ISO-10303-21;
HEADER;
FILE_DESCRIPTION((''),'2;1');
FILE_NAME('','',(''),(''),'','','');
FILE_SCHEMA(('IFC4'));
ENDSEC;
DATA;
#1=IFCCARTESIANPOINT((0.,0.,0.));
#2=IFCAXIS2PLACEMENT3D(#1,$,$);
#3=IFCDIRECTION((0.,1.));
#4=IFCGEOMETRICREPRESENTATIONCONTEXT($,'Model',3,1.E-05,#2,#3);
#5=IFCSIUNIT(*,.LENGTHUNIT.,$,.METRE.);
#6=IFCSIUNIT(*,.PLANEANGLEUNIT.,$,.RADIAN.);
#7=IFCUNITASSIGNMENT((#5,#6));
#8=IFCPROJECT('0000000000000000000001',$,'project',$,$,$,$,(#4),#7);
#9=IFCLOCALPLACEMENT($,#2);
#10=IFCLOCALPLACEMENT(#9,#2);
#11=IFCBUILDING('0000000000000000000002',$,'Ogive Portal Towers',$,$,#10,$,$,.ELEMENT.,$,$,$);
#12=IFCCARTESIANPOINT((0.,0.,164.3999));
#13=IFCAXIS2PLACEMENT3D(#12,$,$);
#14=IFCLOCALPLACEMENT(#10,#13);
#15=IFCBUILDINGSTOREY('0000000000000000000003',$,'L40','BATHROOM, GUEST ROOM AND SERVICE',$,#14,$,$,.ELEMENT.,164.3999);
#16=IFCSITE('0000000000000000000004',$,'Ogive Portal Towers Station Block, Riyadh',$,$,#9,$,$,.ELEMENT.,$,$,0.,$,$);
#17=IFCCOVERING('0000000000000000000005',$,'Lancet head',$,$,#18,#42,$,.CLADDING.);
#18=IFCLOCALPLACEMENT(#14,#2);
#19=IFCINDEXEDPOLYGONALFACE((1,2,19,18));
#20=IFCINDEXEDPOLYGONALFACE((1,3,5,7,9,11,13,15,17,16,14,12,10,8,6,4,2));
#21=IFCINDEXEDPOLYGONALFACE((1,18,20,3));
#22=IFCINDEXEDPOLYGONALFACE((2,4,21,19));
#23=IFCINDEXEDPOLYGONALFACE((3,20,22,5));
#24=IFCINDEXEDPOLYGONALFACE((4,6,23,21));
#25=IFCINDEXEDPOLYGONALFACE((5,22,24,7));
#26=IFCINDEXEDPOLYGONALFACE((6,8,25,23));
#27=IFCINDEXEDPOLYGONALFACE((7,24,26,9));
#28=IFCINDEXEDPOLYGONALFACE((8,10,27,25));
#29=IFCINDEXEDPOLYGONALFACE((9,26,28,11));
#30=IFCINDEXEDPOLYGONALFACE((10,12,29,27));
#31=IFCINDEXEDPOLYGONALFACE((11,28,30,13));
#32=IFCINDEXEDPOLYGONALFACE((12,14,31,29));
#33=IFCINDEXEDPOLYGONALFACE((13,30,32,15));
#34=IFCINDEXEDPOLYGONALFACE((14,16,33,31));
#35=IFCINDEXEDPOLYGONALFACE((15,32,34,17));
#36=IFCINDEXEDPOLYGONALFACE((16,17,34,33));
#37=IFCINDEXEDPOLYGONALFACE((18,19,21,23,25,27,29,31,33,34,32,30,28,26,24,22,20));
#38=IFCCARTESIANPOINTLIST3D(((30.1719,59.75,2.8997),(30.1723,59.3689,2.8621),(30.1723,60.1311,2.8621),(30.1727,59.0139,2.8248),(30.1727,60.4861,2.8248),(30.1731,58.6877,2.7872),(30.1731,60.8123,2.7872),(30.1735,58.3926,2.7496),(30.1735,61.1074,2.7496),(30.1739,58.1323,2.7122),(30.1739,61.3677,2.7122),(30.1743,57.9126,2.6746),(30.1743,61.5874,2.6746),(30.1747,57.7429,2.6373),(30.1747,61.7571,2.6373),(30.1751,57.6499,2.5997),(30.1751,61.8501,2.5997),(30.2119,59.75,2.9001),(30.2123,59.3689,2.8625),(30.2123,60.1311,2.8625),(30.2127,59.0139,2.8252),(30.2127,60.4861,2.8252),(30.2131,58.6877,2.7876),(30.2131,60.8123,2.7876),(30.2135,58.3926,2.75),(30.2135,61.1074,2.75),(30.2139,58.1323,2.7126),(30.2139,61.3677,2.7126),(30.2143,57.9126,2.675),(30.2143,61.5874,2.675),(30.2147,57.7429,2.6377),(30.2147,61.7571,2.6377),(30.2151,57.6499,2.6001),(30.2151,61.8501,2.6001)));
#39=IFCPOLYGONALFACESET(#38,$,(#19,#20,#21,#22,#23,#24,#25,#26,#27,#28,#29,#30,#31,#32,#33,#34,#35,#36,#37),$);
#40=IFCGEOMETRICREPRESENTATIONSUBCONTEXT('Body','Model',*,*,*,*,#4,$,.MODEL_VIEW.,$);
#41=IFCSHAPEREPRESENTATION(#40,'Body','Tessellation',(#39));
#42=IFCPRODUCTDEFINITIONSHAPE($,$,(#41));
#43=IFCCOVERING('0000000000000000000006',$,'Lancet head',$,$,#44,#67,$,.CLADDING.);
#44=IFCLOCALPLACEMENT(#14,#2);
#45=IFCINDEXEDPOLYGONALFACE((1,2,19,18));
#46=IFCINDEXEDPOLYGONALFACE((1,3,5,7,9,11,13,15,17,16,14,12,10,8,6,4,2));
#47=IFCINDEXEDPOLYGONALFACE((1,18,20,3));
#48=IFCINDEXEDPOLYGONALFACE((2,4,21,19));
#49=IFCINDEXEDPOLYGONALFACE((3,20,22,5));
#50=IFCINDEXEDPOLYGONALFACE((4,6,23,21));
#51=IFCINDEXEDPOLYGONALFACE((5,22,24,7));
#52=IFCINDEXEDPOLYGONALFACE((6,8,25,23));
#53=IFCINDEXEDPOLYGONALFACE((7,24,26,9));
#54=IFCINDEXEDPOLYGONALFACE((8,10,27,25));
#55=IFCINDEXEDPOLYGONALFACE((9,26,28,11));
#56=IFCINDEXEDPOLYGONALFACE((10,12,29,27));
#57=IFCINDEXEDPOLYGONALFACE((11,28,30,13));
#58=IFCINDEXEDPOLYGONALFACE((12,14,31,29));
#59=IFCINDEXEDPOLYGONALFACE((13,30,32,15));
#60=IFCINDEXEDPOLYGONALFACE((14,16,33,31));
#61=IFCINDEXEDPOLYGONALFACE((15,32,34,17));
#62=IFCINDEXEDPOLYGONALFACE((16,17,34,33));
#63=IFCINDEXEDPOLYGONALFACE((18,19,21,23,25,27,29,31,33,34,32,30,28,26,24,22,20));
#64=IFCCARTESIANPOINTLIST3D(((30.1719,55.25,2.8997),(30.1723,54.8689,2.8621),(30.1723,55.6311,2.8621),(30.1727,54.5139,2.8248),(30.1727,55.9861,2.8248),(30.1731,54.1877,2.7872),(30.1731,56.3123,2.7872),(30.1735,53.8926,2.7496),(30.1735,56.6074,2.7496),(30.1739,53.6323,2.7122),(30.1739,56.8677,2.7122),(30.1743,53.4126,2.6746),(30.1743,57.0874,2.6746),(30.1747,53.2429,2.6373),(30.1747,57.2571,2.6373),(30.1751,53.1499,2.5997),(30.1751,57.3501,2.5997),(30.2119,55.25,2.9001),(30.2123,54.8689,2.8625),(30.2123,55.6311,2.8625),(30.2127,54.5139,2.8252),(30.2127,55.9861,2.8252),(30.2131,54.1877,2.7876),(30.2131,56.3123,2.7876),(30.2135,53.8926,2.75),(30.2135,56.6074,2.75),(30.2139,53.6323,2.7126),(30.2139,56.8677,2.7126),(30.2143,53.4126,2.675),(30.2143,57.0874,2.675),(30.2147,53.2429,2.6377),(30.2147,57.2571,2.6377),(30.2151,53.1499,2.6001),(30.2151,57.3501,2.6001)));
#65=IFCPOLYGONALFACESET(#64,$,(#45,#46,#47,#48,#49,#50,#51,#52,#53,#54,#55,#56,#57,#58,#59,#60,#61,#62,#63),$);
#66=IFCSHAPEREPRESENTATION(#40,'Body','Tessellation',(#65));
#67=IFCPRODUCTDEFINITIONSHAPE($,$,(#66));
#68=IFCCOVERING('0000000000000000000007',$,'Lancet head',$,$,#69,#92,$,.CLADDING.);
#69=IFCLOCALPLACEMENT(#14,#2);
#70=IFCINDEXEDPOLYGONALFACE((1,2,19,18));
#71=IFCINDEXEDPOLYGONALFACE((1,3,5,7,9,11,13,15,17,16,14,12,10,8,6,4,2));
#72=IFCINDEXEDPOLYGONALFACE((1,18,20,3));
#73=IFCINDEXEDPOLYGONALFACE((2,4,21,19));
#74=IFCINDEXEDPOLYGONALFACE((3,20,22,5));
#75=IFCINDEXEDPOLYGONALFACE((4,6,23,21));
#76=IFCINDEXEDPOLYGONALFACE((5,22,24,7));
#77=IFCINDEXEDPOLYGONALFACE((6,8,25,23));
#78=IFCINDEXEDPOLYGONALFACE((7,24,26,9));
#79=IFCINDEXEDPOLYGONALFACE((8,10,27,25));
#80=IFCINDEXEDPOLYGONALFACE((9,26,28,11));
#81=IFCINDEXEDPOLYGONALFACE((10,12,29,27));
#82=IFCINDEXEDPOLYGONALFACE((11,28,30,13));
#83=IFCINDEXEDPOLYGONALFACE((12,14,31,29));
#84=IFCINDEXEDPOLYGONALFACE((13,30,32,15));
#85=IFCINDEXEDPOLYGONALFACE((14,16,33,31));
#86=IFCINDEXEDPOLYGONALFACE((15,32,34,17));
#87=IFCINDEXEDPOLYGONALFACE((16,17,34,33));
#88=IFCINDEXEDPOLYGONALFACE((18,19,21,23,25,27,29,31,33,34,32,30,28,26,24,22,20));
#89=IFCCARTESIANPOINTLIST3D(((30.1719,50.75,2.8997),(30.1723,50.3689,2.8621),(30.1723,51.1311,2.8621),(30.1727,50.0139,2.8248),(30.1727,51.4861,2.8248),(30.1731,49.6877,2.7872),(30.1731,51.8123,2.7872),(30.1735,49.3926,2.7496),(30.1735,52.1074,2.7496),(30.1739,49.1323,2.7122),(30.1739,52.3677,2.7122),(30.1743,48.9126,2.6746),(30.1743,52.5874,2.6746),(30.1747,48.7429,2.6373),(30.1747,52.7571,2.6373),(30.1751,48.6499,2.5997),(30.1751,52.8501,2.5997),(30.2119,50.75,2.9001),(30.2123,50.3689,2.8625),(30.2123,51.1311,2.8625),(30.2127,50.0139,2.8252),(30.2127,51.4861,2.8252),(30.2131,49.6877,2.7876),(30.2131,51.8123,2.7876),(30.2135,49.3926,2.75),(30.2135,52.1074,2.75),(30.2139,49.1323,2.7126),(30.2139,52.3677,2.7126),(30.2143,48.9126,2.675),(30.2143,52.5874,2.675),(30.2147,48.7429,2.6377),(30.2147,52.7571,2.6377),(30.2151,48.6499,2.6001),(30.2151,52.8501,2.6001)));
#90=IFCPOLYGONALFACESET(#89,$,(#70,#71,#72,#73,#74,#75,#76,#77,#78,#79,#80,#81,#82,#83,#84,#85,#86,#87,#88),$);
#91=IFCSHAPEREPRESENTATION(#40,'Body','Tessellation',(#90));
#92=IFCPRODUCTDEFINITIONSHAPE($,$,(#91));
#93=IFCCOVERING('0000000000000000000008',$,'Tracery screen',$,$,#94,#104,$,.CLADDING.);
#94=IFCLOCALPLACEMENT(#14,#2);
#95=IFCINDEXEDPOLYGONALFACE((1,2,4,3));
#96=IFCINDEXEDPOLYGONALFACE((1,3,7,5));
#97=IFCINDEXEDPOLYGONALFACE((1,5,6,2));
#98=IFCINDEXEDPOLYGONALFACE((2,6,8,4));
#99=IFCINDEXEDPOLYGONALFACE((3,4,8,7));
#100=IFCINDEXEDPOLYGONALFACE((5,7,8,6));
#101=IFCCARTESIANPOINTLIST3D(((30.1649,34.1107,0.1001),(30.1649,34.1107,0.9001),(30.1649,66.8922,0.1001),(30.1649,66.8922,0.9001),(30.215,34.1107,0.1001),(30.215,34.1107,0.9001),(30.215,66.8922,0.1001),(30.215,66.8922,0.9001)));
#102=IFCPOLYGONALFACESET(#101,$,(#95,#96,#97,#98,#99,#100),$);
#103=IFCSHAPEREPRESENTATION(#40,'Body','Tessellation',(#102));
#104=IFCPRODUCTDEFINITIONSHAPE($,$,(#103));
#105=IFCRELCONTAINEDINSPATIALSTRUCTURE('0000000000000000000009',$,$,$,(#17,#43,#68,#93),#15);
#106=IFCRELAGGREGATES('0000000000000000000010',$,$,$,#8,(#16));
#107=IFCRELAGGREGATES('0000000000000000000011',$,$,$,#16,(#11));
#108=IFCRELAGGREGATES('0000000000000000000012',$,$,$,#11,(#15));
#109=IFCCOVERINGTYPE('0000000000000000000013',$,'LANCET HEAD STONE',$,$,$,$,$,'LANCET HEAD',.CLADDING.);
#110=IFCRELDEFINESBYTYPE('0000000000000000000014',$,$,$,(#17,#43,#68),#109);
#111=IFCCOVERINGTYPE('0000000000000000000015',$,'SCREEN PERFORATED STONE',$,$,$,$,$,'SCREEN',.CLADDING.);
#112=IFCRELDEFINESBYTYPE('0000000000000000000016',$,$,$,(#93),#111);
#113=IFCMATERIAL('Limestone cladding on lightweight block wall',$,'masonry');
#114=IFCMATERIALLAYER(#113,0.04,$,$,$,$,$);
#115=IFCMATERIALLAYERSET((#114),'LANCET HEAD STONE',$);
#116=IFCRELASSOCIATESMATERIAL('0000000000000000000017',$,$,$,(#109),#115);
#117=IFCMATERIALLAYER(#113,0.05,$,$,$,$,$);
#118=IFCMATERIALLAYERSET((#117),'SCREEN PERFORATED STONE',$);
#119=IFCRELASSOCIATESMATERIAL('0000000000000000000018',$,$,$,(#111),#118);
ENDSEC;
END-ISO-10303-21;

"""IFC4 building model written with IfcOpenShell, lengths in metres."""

from ifc_helpers import new_model, si_unit, direction, frame, origin, origin_2d, place, context, subcontext, project, spatial, polyline, rectangle, outline, extrude, material, layer, layer_set, type_object, element, save


model = new_model("IFC4")

# Units and contexts
model_context = context("Model", 3, precision=1e-05, world=origin(), true_north=direction((0.0, 1.0)))
body_context = subcontext(model_context, "Body", "Model", "MODEL_VIEW")
ifc_project = project(units=[si_unit("LENGTHUNIT", "METRE"), si_unit("PLANEANGLEUNIT", "RADIAN")], contexts=[model_context])

# Site, building, storey
site_placement = place(None, origin())
site = spatial("IfcSite", under=ifc_project, at=site_placement, Name="Ogive Portal Towers Station Block, Riyadh", CompositionType="ELEMENT", RefElevation=0.0)
building_placement = place(site_placement, origin())
building = spatial("IfcBuilding", under=site, at=building_placement, Name="Ogive Portal Towers", CompositionType="ELEMENT")
storey_placement = place(building_placement, frame((0.0, 0.0, 164.3999)))
storey = spatial("IfcBuildingStorey", under=building, at=storey_placement, Name="L40", Description="BATHROOM, GUEST ROOM AND SERVICE", CompositionType="ELEMENT", Elevation=164.3999)

# Coverings
ifc_material_1 = material(Name="Limestone cladding on lightweight block wall", Category="masonry")
ifc_layer_1 = layer(ifc_material_1, 0.04)
ifc_layer_set_1 = layer_set([ifc_layer_1], Name="LANCET HEAD STONE")
covering_type_1 = type_object("IfcCoveringType", Name="LANCET HEAD STONE", ElementType="LANCET HEAD", PredefinedType="CLADDING", material=ifc_layer_set_1)
for number, where, z_axis, x_axis, name in (
    (1, (30.2151, 61.8501, 2.6001), (0.999944, 0.0, 0.010629), (0.0, -1.0, 0.0), "Lancet head"),
    (2, (30.2151, 57.3501, 2.6001), (0.999944, 0.0, 0.010629), (0.0, -1.0, 0.0), "Lancet head"),
    (3, (30.2151, 52.8501, 2.6001), (0.999944, 0.0, 0.010629), (0.0, -1.0, 0.0), "Lancet head"),
):
    element("IfcCovering", number, at=place(storey_placement, frame(where, z_axis=z_axis, x_axis=x_axis)), inside=storey, type_object=covering_type_1, Name=name, PredefinedType="CLADDING", context=body_context, shape_type="SweptSolid", body=[
        extrude(outline(polyline([(0.0, 0.0), (4.2002, 0.0), (4.1072, -0.0376), (3.9375, -0.075), (3.7178, -0.1126), (3.4575, -0.1499), (3.1624, -0.1875), (2.8362, -0.2251), (2.4812, -0.2625), (2.1001, -0.3001), (1.719, -0.2625), (1.364, -0.2251), (1.0378, -0.1875), (0.7427, -0.1499), (0.4824, -0.1126), (0.2627, -0.075), (0.093, -0.0376), (0.0, 0.0)])), origin(), (0.0, 0.0, -1.0), 0.04),
    ])
ifc_layer_2 = layer(ifc_material_1, 0.05)
ifc_layer_set_2 = layer_set([ifc_layer_2], Name="SCREEN PERFORATED STONE")
covering_type_2 = type_object("IfcCoveringType", Name="SCREEN PERFORATED STONE", ElementType="SCREEN", PredefinedType="CLADDING", material=ifc_layer_set_2)
covering_placement = place(storey_placement, frame((30.1899, 50.5015, 0.1001), z_axis=(0.0, 0.0, 1.0), x_axis=(0.0, -1.0, 0.0)))
element("IfcCovering", 4, at=covering_placement, inside=storey, type_object=covering_type_2, Name="Tracery screen", PredefinedType="CLADDING", context=body_context, shape_type="SweptSolid", body=[
    extrude(rectangle(XDim=32.7815, YDim=0.05, at=origin_2d()), origin(), (0.0, 0.0, 1.0), 0.8),
])

save(model, "model.ifc")
